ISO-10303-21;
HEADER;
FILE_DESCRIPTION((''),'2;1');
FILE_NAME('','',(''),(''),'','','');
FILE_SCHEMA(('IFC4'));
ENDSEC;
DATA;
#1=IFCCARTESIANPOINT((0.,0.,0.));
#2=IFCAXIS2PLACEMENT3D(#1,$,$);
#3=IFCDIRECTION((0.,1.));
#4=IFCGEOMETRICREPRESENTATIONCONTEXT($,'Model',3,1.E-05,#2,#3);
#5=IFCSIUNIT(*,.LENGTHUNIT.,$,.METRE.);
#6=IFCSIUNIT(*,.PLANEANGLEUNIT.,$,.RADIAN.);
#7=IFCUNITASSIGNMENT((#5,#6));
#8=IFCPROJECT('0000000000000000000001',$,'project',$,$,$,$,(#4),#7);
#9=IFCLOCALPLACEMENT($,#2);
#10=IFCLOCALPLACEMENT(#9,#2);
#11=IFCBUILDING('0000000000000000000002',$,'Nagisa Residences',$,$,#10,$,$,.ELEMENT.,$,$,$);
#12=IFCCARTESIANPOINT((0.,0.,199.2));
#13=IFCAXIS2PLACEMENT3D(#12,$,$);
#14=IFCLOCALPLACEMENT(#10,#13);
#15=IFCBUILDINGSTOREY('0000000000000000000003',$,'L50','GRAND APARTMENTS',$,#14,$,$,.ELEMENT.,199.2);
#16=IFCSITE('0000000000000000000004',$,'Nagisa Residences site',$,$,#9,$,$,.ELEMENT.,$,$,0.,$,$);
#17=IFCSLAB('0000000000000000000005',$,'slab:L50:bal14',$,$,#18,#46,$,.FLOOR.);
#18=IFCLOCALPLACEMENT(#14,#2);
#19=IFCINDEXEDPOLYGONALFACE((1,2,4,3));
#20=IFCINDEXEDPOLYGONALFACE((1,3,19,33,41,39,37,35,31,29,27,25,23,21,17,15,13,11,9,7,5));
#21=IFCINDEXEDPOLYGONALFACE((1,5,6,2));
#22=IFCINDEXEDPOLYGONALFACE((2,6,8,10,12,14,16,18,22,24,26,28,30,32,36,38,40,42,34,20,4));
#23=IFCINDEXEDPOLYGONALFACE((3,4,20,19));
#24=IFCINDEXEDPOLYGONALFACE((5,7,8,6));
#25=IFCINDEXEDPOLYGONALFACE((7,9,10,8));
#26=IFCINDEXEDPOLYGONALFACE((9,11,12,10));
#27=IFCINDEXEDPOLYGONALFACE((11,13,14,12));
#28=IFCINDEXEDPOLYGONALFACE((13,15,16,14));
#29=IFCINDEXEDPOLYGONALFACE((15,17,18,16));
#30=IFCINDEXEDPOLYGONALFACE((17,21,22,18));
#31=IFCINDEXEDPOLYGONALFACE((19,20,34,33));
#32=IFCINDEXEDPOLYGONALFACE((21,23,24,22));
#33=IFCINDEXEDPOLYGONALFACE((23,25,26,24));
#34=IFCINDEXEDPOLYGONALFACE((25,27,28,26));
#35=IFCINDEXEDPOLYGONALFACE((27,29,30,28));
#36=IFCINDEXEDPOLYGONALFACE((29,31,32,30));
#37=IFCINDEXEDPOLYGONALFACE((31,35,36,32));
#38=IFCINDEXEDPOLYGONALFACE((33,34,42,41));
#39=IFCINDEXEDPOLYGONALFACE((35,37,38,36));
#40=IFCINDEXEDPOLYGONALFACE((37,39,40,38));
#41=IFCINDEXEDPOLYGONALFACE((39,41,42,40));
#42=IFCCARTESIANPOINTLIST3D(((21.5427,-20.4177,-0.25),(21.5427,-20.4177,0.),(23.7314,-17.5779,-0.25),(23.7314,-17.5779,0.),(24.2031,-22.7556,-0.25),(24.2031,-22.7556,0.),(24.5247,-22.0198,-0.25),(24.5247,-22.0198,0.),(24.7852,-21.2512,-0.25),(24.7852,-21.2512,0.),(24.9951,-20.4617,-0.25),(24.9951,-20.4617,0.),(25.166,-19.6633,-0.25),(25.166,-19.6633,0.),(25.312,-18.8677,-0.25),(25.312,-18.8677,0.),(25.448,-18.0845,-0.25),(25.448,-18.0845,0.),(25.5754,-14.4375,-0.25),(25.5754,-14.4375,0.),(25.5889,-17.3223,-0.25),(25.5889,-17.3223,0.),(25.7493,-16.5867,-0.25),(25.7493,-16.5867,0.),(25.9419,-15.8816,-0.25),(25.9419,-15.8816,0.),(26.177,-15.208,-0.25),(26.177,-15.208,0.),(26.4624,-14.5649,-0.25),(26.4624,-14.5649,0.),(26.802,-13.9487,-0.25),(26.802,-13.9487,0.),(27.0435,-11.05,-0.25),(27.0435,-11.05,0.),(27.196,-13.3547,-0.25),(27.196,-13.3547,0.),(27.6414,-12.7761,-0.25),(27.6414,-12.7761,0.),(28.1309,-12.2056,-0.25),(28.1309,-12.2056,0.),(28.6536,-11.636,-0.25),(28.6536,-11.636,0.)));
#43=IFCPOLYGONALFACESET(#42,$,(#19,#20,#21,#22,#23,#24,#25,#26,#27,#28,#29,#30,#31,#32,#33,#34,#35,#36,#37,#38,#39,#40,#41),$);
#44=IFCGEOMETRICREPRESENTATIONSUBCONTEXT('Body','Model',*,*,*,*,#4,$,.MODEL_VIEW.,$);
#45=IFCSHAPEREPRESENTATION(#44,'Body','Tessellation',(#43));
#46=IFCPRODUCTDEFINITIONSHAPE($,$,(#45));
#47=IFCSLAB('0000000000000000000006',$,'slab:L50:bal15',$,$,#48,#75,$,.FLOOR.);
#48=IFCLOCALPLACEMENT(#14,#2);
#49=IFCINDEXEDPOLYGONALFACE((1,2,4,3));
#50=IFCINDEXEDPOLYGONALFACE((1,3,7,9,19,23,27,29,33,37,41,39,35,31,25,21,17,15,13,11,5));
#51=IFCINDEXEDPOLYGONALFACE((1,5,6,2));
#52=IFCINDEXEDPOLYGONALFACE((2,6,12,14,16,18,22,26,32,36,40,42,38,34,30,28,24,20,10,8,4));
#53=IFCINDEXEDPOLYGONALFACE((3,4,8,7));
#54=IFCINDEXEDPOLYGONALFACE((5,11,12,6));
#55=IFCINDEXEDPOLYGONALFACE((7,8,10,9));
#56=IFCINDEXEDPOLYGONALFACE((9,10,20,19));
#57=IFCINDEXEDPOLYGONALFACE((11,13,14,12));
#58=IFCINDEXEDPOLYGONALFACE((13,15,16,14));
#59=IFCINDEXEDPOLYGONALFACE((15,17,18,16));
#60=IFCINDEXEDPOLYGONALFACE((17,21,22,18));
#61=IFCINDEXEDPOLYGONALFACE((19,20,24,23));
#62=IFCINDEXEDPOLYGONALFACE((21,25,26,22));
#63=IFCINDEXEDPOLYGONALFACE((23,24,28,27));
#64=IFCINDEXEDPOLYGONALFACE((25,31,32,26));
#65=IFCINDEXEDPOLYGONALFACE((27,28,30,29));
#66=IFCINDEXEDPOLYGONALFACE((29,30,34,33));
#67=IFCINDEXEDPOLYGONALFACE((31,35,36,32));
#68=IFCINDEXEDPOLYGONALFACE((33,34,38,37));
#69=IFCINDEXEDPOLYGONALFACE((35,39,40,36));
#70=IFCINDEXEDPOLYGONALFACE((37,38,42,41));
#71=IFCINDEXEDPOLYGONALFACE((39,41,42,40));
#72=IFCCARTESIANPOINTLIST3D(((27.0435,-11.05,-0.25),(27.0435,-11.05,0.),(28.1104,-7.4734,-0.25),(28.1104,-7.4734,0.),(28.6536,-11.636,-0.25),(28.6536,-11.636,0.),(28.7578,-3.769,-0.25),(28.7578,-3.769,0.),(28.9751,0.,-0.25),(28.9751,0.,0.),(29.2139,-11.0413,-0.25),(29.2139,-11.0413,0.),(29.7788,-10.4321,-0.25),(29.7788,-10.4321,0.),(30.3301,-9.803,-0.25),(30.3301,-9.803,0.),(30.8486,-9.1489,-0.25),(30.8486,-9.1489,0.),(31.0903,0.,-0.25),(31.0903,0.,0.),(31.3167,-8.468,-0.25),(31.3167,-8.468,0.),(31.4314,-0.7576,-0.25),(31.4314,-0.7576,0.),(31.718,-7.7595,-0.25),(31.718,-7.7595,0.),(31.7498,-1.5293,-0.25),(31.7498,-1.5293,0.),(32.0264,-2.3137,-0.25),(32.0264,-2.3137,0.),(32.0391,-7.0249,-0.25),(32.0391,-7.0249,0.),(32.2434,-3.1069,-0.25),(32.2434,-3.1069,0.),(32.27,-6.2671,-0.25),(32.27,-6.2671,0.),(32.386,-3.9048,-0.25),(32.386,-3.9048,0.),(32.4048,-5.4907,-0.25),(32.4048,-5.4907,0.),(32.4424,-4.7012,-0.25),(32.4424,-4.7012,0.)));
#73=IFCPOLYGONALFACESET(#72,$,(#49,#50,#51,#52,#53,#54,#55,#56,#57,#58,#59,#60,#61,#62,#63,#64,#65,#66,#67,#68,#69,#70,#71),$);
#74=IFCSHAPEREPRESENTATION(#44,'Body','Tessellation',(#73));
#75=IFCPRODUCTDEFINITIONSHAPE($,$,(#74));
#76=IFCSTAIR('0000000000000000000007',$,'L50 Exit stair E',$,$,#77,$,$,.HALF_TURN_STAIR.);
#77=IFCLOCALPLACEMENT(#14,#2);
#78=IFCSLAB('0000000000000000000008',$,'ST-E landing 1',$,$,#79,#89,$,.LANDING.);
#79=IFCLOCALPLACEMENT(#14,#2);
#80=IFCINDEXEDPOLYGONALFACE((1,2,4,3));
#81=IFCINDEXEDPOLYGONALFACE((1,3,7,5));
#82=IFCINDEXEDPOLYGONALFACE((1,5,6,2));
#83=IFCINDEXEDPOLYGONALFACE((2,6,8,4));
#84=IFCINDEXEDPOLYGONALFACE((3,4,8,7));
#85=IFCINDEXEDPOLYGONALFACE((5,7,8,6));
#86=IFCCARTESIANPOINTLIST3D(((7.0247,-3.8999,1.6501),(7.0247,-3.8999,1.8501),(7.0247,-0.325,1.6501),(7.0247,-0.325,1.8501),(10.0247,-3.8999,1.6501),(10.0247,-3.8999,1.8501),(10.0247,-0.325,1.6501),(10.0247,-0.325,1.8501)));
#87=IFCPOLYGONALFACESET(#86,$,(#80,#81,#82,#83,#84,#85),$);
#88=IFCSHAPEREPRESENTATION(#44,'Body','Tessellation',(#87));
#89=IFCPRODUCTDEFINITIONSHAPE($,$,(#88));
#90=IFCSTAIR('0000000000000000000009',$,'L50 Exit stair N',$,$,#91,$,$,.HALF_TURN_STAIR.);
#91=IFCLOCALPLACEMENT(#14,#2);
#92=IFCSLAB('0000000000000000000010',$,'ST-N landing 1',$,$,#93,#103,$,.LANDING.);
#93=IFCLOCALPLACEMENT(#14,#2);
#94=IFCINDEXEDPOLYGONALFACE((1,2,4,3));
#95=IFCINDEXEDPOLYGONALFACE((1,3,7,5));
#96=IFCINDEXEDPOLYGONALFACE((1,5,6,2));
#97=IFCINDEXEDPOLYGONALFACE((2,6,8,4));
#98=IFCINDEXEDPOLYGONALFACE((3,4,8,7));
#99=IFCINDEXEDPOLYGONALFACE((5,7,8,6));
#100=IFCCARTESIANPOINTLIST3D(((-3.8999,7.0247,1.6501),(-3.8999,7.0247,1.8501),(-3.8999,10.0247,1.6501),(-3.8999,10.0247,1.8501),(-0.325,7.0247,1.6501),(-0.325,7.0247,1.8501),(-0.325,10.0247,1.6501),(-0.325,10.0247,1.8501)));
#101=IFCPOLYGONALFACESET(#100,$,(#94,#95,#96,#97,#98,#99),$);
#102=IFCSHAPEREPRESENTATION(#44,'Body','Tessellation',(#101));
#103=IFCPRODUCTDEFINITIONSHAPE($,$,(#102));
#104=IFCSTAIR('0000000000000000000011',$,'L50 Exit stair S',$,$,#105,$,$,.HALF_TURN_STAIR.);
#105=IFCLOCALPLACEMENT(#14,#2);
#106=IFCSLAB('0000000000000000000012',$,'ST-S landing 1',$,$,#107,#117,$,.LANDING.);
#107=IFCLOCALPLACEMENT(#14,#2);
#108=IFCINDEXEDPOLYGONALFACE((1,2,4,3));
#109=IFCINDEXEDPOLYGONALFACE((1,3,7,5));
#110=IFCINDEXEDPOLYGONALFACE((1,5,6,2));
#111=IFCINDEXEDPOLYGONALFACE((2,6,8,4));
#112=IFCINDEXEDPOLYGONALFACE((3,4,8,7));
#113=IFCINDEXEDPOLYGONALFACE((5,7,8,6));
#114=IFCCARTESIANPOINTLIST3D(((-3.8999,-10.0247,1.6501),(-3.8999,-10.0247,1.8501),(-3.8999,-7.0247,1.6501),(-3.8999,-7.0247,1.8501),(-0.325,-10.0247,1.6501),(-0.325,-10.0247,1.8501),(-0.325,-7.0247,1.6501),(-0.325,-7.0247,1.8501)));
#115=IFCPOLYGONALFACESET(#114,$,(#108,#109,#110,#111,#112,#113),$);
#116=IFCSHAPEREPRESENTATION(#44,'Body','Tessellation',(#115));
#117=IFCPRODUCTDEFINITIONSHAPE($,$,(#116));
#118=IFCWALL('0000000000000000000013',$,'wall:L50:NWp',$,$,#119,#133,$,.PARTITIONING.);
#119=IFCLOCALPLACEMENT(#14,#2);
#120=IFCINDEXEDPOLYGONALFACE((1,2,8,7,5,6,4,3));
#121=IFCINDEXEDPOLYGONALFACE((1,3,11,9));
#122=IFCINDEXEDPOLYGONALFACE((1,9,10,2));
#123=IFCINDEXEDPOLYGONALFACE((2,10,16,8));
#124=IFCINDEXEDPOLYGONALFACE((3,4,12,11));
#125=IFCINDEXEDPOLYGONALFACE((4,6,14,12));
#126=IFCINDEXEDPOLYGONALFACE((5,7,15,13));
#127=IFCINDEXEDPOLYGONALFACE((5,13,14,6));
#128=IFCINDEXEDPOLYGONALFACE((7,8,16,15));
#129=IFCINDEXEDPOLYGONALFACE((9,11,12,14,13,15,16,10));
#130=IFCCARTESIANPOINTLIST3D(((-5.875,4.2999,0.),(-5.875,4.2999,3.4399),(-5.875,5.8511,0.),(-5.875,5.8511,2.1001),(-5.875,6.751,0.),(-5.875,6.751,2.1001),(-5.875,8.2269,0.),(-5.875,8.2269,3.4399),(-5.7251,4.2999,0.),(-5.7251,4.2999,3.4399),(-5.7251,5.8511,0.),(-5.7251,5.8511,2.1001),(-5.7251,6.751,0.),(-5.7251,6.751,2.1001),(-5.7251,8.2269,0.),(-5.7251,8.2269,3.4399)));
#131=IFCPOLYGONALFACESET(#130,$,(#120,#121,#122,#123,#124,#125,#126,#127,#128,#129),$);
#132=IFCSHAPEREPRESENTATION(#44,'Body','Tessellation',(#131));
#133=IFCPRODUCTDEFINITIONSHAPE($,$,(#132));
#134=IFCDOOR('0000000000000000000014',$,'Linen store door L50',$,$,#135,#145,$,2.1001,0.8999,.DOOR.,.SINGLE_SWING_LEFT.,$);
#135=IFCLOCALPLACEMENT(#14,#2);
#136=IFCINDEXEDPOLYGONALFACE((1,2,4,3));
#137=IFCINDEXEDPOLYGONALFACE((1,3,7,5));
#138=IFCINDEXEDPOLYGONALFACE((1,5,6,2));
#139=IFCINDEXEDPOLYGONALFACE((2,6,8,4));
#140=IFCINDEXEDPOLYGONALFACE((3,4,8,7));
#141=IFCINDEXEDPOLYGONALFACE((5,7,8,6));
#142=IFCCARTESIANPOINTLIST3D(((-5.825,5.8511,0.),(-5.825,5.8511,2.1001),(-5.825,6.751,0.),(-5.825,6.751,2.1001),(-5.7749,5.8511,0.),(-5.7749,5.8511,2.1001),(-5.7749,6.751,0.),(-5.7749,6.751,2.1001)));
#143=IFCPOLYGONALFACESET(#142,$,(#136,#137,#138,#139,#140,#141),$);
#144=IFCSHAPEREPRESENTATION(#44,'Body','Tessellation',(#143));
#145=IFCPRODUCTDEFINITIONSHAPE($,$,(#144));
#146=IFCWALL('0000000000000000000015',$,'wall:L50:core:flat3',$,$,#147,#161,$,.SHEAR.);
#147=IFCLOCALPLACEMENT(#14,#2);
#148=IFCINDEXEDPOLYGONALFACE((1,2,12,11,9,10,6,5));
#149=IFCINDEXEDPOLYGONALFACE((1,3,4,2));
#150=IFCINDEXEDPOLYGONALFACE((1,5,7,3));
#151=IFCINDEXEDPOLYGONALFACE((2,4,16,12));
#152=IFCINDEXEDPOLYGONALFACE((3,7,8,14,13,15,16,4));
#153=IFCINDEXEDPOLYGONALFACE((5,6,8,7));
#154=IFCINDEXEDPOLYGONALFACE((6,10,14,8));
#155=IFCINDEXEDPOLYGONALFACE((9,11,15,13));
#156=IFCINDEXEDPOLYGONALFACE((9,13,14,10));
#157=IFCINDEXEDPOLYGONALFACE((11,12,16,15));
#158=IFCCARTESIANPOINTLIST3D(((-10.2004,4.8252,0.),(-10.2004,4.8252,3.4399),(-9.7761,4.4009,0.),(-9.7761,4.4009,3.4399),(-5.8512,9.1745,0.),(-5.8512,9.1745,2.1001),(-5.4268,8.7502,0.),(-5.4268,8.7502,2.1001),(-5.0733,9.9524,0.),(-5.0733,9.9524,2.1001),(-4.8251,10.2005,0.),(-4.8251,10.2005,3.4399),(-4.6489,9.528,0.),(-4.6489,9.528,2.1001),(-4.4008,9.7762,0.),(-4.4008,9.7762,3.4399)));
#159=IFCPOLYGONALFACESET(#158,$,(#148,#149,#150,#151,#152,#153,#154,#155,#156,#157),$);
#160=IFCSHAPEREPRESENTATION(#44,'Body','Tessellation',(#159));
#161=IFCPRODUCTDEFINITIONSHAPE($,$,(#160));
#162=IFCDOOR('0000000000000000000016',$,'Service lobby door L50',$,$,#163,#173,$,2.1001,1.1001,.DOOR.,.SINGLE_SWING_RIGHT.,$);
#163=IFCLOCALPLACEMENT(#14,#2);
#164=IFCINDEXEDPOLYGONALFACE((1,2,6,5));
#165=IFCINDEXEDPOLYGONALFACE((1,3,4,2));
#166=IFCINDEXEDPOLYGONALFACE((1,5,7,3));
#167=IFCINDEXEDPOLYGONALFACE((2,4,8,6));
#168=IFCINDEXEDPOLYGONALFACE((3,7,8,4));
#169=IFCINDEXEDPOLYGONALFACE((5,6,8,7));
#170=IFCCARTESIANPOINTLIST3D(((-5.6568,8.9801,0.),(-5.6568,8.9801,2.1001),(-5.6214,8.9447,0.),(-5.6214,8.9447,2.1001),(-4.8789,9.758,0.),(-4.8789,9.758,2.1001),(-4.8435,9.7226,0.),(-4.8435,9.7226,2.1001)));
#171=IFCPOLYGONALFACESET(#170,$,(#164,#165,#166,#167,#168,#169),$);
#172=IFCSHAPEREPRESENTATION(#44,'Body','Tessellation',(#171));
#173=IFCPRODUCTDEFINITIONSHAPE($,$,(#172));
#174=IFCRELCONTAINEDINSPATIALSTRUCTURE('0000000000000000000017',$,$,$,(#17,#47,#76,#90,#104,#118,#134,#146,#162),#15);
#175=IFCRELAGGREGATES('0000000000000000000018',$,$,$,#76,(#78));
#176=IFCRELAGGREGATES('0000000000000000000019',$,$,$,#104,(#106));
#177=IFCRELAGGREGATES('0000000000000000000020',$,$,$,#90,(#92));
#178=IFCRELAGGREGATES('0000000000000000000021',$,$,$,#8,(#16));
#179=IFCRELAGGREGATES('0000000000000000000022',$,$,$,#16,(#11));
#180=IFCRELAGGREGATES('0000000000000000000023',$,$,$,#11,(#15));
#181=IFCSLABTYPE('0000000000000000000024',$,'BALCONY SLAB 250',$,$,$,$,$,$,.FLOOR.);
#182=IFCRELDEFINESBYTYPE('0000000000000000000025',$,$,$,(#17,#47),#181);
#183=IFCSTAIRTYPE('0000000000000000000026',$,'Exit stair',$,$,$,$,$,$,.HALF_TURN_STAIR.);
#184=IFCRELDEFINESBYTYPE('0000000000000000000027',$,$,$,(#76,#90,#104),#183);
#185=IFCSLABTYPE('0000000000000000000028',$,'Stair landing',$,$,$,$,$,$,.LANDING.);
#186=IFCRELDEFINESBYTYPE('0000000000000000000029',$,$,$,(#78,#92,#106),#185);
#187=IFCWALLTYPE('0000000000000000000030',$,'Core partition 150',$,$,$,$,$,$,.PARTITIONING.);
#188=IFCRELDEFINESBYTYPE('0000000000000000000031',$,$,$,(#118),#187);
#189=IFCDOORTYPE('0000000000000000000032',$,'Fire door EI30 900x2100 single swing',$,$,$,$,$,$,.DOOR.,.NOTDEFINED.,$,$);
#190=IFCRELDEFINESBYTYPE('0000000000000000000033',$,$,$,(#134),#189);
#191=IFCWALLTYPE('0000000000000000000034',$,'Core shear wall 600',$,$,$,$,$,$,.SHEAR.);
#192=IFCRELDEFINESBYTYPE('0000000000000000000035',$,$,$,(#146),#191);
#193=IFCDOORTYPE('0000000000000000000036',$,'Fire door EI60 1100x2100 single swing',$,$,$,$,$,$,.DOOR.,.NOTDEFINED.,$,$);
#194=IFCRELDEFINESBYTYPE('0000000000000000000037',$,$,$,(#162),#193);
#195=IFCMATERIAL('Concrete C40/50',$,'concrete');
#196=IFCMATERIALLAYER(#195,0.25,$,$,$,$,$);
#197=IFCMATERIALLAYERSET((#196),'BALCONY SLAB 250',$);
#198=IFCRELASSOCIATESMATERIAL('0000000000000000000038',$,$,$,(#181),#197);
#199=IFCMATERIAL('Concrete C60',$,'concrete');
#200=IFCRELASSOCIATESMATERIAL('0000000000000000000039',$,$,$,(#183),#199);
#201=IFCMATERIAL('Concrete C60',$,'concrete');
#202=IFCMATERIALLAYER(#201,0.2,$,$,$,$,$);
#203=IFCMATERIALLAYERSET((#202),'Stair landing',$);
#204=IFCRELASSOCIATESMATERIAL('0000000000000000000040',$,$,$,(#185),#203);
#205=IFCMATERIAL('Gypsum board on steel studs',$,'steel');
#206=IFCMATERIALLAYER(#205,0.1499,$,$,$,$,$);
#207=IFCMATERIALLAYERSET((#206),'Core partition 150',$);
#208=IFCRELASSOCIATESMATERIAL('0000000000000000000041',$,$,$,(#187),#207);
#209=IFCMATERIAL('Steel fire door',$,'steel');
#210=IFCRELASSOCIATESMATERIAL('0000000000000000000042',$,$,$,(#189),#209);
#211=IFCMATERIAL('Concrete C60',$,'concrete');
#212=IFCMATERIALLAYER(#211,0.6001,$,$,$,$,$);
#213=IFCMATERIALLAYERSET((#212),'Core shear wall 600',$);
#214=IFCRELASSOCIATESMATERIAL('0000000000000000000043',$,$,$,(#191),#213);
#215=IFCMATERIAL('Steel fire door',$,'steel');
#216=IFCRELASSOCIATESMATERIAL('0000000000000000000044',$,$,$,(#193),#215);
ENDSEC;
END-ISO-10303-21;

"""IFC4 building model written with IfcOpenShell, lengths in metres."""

from ifc_helpers import new_model, si_unit, direction, frame, frame_2d, origin, place, context, subcontext, project, spatial, polyline, rectangle, outline, extrude, material, layer, layer_set, type_object, element, fill, aggregate, save


model = new_model("IFC4")

# Units and contexts
model_context = context("Model", 3, precision=1e-05, world=origin(), true_north=direction((0.0, 1.0)))
body_context = subcontext(model_context, "Body", "Model", "MODEL_VIEW")
ifc_project = project(units=[si_unit("LENGTHUNIT", "METRE"), si_unit("PLANEANGLEUNIT", "RADIAN")], contexts=[model_context])

# Site, building, storey
site_placement = place(None, origin())
site = spatial("IfcSite", under=ifc_project, at=site_placement, Name="Nagisa Residences site", CompositionType="ELEMENT", RefElevation=0.0)
building_placement = place(site_placement, origin())
building = spatial("IfcBuilding", under=site, at=building_placement, Name="Nagisa Residences", CompositionType="ELEMENT")
storey_placement = place(building_placement, frame((0.0, 0.0, 199.2)))
storey = spatial("IfcBuildingStorey", under=building, at=storey_placement, Name="L50", Description="GRAND APARTMENTS", CompositionType="ELEMENT", Elevation=199.2)

# Slabs
ifc_material_1 = material(Name="Concrete C40/50", Category="concrete")
ifc_layer_1 = layer(ifc_material_1, 0.25)
ifc_layer_set_1 = layer_set([ifc_layer_1], Name="BALCONY SLAB 250")
slab_type_1 = type_object("IfcSlabType", Name="BALCONY SLAB 250", PredefinedType="FLOOR", material=ifc_layer_set_1)
slab_1_placement = place(storey_placement, frame((0.0, 0.0, -0.25)))
element("IfcSlab", 1, at=slab_1_placement, inside=storey, type_object=slab_type_1, Name="slab:L50:bal14", PredefinedType="FLOOR", context=body_context, shape_type="SweptSolid", body=[
    extrude(outline(polyline([(24.2031, -22.7556), (24.5247, -22.0198), (24.7852, -21.2512), (24.9951, -20.4617), (25.166, -19.6633), (25.312, -18.8677), (25.448, -18.0845), (25.5889, -17.3223), (25.7493, -16.5867), (25.9419, -15.8816), (26.177, -15.208), (26.4624, -14.5649), (26.802, -13.9487), (27.196, -13.3547), (27.6414, -12.7761), (28.1309, -12.2056), (28.6536, -11.636), (27.0435, -11.05), (25.5754, -14.4375), (23.7314, -17.5779), (21.5427, -20.4177), (24.2031, -22.7556)])), origin(), (0.0, 0.0, 1.0), 0.25),
])
slab_2_placement = place(storey_placement, frame((0.0, 0.0, -0.25)))
element("IfcSlab", 2, at=slab_2_placement, inside=storey, type_object=slab_type_1, Name="slab:L50:bal15", PredefinedType="FLOOR", context=body_context, shape_type="SweptSolid", body=[
    extrude(outline(polyline([(28.6536, -11.636), (29.2139, -11.0413), (29.7788, -10.4321), (30.3301, -9.803), (30.8486, -9.1489), (31.3167, -8.468), (31.718, -7.7595), (32.0391, -7.0249), (32.27, -6.2671), (32.4048, -5.4907), (32.4424, -4.7012), (32.386, -3.9048), (32.2434, -3.1069), (32.0264, -2.3137), (31.7498, -1.5293), (31.4314, -0.7576), (31.0903, 0.0), (28.9751, 0.0), (28.7578, -3.769), (28.1104, -7.4734), (27.0435, -11.05), (28.6536, -11.636)])), origin(), (0.0, 0.0, 1.0), 0.25),
])

# Stairs, slabs
ifc_material_2 = material(Name="Concrete C60", Category="concrete")
stair_type = type_object("IfcStairType", Name="Exit stair", PredefinedType="HALF_TURN_STAIR", material=ifc_material_2)
stair_1_placement = place(storey_placement, origin())
stair_1 = element("IfcStair", 3, at=stair_1_placement, inside=storey, type_object=stair_type, Name="L50 Exit stair E", PredefinedType="HALF_TURN_STAIR")
ifc_material_3 = material(Name="Concrete C60", Category="concrete")
ifc_layer_2 = layer(ifc_material_3, 0.2)
ifc_layer_set_2 = layer_set([ifc_layer_2], Name="Stair landing")
slab_type_2 = type_object("IfcSlabType", Name="Stair landing", PredefinedType="LANDING", material=ifc_layer_set_2)
slab_3_placement = place(storey_placement, frame((0.0, 0.0, 1.6501)))
slab_3 = element("IfcSlab", 4, at=slab_3_placement, type_object=slab_type_2, Name="ST-E landing 1", PredefinedType="LANDING", context=body_context, shape_type="SweptSolid", body=[
    extrude(outline(polyline([(7.0247, -0.325), (7.0247, -3.8999), (10.0247, -3.8999), (10.0247, -0.325), (7.0247, -0.325)])), origin(), (0.0, 0.0, 1.0), 0.2),
])
aggregate(stair_1, [slab_3])
stair_2_placement = place(storey_placement, origin())
stair_2 = element("IfcStair", 5, at=stair_2_placement, inside=storey, type_object=stair_type, Name="L50 Exit stair N", PredefinedType="HALF_TURN_STAIR")
slab_4_placement = place(storey_placement, frame((0.0, 0.0, 1.6501)))
slab_4 = element("IfcSlab", 6, at=slab_4_placement, type_object=slab_type_2, Name="ST-N landing 1", PredefinedType="LANDING", context=body_context, shape_type="SweptSolid", body=[
    extrude(outline(polyline([(-0.325, 10.0247), (-3.8999, 10.0247), (-3.8999, 7.0247), (-0.325, 7.0247), (-0.325, 10.0247)])), origin(), (0.0, 0.0, 1.0), 0.2),
])
stair_3_placement = place(storey_placement, origin())
stair_3 = element("IfcStair", 7, at=stair_3_placement, inside=storey, type_object=stair_type, Name="L50 Exit stair S", PredefinedType="HALF_TURN_STAIR")
slab_5_placement = place(storey_placement, frame((0.0, 0.0, 1.6501)))
slab_5 = element("IfcSlab", 8, at=slab_5_placement, type_object=slab_type_2, Name="ST-S landing 1", PredefinedType="LANDING", context=body_context, shape_type="SweptSolid", body=[
    extrude(outline(polyline([(-0.325, -7.0247), (-3.8999, -7.0247), (-3.8999, -10.0247), (-0.325, -10.0247), (-0.325, -7.0247)])), origin(), (0.0, 0.0, 1.0), 0.2),
])
aggregate(stair_3, [slab_5])

# Walls, openings, doors
ifc_material_4 = material(Name="Gypsum board on steel studs", Category="steel")
ifc_layer_3 = layer(ifc_material_4, 0.1499)
ifc_layer_set_3 = layer_set([ifc_layer_3], Name="Core partition 150")
wall_type_1 = type_object("IfcWallType", Name="Core partition 150", PredefinedType="PARTITIONING", material=ifc_layer_set_3)
wall_1_placement = place(storey_placement, frame((-5.8, 4.3, 0.0), z_axis=(0.0, 0.0, 1.0), x_axis=(0.0, 1.0, 0.0)))
wall_1 = element("IfcWall", 9, at=wall_1_placement, inside=storey, type_object=wall_type_1, Name="wall:L50:NWp", PredefinedType="PARTITIONING", context=body_context, shape_type="SweptSolid", body=[
    extrude(rectangle(XDim=3.927, YDim=0.1499, at=frame_2d((1.9634, 0.0))), origin(), (0.0, 0.0, 1.0), 3.4399),
])
opening_1_placement = place(wall_1_placement, frame((1.551, 0.0, 0.0)))
opening_1 = element("IfcOpeningElement", 10, at=opening_1_placement, cuts=wall_1, PredefinedType="OPENING", context=body_context, shape_type="SweptSolid", body=[
    extrude(rectangle(XDim=0.8999, YDim=2.1001, at=frame_2d((0.45, 1.05))), frame((0.0, 0.085, 0.0), z_axis=(0.0, -1.0, 0.0), x_axis=(1.0, 0.0, 0.0)), (0.0, 0.0, 1.0), 0.1699),
])
ifc_material_5 = material(Name="Steel fire door", Category="steel")
door_type_1 = type_object("IfcDoorType", Name="Fire door EI30 900x2100 single swing", OperationType="NOTDEFINED", PredefinedType="DOOR", material=ifc_material_5)
door_1_placement = place(opening_1_placement, origin())
door_1 = element("IfcDoor", 11, at=door_1_placement, inside=storey, type_object=door_type_1, Name="Linen store door L50", OperationType="SINGLE_SWING_LEFT", OverallHeight=2.1001, OverallWidth=0.8999, PredefinedType="DOOR", context=body_context, shape_type="SweptSolid", body=[
    extrude(rectangle(XDim=0.8999, YDim=2.1001, at=frame_2d((0.45, 1.05))), frame((0.0, 0.0249, 0.0), z_axis=(0.0, -1.0, 0.0), x_axis=(1.0, 0.0, 0.0)), (0.0, 0.0, 1.0), 0.05),
])
fill(opening_1, door_1)
ifc_material_6 = material(Name="Concrete C60", Category="concrete")
ifc_layer_4 = layer(ifc_material_6, 0.6001)
ifc_layer_set_4 = layer_set([ifc_layer_4], Name="Core shear wall 600")
wall_type_2 = type_object("IfcWallType", Name="Core shear wall 600", PredefinedType="SHEAR", material=ifc_layer_set_4)
wall_2_placement = place(storey_placement, frame((-4.613, 9.9883, 0.0), z_axis=(0.0, 0.0, 1.0), x_axis=(-0.707107, -0.707107, 0.0)))
wall_2 = element("IfcWall", 12, at=wall_2_placement, inside=storey, type_object=wall_type_2, Name="wall:L50:core:flat3", PredefinedType="SHEAR", context=body_context, shape_type="SweptSolid", body=[
    extrude(rectangle(XDim=7.6018, YDim=0.6001, at=frame_2d((3.8008, 0.0))), origin(), (0.0, 0.0, 1.0), 3.4399),
])
opening_2_placement = place(wall_2_placement, frame((0.3508, 0.0, 0.0)))
opening_2 = element("IfcOpeningElement", 13, at=opening_2_placement, cuts=wall_2, PredefinedType="OPENING", context=body_context, shape_type="SweptSolid", body=[
    extrude(rectangle(XDim=1.1001, YDim=2.1001, at=frame_2d((0.55, 1.05))), frame((0.0, 0.3101, 0.0), z_axis=(0.0, -1.0, 0.0), x_axis=(1.0, 0.0, 0.0)), (0.0, 0.0, 1.0), 0.6201),
])
ifc_material_7 = material(Name="Steel fire door", Category="steel")
door_type_2 = type_object("IfcDoorType", Name="Fire door EI60 1100x2100 single swing", OperationType="NOTDEFINED", PredefinedType="DOOR", material=ifc_material_7)
door_2_placement = place(opening_2_placement, origin())
door_2 = element("IfcDoor", 14, at=door_2_placement, inside=storey, type_object=door_type_2, Name="Service lobby door L50", OperationType="SINGLE_SWING_RIGHT", OverallHeight=2.1001, OverallWidth=1.1001, PredefinedType="DOOR", context=body_context, shape_type="SweptSolid", body=[
    extrude(rectangle(XDim=1.1001, YDim=2.1001, at=frame_2d((0.55, 1.05))), frame((0.0, 0.0249, 0.0), z_axis=(0.0, -1.0, 0.0), x_axis=(1.0, 0.0, 0.0)), (0.0, 0.0, 1.0), 0.05),
])
fill(opening_2, door_2)

aggregate(stair_2, [slab_4])

save(model, "model.ifc")
